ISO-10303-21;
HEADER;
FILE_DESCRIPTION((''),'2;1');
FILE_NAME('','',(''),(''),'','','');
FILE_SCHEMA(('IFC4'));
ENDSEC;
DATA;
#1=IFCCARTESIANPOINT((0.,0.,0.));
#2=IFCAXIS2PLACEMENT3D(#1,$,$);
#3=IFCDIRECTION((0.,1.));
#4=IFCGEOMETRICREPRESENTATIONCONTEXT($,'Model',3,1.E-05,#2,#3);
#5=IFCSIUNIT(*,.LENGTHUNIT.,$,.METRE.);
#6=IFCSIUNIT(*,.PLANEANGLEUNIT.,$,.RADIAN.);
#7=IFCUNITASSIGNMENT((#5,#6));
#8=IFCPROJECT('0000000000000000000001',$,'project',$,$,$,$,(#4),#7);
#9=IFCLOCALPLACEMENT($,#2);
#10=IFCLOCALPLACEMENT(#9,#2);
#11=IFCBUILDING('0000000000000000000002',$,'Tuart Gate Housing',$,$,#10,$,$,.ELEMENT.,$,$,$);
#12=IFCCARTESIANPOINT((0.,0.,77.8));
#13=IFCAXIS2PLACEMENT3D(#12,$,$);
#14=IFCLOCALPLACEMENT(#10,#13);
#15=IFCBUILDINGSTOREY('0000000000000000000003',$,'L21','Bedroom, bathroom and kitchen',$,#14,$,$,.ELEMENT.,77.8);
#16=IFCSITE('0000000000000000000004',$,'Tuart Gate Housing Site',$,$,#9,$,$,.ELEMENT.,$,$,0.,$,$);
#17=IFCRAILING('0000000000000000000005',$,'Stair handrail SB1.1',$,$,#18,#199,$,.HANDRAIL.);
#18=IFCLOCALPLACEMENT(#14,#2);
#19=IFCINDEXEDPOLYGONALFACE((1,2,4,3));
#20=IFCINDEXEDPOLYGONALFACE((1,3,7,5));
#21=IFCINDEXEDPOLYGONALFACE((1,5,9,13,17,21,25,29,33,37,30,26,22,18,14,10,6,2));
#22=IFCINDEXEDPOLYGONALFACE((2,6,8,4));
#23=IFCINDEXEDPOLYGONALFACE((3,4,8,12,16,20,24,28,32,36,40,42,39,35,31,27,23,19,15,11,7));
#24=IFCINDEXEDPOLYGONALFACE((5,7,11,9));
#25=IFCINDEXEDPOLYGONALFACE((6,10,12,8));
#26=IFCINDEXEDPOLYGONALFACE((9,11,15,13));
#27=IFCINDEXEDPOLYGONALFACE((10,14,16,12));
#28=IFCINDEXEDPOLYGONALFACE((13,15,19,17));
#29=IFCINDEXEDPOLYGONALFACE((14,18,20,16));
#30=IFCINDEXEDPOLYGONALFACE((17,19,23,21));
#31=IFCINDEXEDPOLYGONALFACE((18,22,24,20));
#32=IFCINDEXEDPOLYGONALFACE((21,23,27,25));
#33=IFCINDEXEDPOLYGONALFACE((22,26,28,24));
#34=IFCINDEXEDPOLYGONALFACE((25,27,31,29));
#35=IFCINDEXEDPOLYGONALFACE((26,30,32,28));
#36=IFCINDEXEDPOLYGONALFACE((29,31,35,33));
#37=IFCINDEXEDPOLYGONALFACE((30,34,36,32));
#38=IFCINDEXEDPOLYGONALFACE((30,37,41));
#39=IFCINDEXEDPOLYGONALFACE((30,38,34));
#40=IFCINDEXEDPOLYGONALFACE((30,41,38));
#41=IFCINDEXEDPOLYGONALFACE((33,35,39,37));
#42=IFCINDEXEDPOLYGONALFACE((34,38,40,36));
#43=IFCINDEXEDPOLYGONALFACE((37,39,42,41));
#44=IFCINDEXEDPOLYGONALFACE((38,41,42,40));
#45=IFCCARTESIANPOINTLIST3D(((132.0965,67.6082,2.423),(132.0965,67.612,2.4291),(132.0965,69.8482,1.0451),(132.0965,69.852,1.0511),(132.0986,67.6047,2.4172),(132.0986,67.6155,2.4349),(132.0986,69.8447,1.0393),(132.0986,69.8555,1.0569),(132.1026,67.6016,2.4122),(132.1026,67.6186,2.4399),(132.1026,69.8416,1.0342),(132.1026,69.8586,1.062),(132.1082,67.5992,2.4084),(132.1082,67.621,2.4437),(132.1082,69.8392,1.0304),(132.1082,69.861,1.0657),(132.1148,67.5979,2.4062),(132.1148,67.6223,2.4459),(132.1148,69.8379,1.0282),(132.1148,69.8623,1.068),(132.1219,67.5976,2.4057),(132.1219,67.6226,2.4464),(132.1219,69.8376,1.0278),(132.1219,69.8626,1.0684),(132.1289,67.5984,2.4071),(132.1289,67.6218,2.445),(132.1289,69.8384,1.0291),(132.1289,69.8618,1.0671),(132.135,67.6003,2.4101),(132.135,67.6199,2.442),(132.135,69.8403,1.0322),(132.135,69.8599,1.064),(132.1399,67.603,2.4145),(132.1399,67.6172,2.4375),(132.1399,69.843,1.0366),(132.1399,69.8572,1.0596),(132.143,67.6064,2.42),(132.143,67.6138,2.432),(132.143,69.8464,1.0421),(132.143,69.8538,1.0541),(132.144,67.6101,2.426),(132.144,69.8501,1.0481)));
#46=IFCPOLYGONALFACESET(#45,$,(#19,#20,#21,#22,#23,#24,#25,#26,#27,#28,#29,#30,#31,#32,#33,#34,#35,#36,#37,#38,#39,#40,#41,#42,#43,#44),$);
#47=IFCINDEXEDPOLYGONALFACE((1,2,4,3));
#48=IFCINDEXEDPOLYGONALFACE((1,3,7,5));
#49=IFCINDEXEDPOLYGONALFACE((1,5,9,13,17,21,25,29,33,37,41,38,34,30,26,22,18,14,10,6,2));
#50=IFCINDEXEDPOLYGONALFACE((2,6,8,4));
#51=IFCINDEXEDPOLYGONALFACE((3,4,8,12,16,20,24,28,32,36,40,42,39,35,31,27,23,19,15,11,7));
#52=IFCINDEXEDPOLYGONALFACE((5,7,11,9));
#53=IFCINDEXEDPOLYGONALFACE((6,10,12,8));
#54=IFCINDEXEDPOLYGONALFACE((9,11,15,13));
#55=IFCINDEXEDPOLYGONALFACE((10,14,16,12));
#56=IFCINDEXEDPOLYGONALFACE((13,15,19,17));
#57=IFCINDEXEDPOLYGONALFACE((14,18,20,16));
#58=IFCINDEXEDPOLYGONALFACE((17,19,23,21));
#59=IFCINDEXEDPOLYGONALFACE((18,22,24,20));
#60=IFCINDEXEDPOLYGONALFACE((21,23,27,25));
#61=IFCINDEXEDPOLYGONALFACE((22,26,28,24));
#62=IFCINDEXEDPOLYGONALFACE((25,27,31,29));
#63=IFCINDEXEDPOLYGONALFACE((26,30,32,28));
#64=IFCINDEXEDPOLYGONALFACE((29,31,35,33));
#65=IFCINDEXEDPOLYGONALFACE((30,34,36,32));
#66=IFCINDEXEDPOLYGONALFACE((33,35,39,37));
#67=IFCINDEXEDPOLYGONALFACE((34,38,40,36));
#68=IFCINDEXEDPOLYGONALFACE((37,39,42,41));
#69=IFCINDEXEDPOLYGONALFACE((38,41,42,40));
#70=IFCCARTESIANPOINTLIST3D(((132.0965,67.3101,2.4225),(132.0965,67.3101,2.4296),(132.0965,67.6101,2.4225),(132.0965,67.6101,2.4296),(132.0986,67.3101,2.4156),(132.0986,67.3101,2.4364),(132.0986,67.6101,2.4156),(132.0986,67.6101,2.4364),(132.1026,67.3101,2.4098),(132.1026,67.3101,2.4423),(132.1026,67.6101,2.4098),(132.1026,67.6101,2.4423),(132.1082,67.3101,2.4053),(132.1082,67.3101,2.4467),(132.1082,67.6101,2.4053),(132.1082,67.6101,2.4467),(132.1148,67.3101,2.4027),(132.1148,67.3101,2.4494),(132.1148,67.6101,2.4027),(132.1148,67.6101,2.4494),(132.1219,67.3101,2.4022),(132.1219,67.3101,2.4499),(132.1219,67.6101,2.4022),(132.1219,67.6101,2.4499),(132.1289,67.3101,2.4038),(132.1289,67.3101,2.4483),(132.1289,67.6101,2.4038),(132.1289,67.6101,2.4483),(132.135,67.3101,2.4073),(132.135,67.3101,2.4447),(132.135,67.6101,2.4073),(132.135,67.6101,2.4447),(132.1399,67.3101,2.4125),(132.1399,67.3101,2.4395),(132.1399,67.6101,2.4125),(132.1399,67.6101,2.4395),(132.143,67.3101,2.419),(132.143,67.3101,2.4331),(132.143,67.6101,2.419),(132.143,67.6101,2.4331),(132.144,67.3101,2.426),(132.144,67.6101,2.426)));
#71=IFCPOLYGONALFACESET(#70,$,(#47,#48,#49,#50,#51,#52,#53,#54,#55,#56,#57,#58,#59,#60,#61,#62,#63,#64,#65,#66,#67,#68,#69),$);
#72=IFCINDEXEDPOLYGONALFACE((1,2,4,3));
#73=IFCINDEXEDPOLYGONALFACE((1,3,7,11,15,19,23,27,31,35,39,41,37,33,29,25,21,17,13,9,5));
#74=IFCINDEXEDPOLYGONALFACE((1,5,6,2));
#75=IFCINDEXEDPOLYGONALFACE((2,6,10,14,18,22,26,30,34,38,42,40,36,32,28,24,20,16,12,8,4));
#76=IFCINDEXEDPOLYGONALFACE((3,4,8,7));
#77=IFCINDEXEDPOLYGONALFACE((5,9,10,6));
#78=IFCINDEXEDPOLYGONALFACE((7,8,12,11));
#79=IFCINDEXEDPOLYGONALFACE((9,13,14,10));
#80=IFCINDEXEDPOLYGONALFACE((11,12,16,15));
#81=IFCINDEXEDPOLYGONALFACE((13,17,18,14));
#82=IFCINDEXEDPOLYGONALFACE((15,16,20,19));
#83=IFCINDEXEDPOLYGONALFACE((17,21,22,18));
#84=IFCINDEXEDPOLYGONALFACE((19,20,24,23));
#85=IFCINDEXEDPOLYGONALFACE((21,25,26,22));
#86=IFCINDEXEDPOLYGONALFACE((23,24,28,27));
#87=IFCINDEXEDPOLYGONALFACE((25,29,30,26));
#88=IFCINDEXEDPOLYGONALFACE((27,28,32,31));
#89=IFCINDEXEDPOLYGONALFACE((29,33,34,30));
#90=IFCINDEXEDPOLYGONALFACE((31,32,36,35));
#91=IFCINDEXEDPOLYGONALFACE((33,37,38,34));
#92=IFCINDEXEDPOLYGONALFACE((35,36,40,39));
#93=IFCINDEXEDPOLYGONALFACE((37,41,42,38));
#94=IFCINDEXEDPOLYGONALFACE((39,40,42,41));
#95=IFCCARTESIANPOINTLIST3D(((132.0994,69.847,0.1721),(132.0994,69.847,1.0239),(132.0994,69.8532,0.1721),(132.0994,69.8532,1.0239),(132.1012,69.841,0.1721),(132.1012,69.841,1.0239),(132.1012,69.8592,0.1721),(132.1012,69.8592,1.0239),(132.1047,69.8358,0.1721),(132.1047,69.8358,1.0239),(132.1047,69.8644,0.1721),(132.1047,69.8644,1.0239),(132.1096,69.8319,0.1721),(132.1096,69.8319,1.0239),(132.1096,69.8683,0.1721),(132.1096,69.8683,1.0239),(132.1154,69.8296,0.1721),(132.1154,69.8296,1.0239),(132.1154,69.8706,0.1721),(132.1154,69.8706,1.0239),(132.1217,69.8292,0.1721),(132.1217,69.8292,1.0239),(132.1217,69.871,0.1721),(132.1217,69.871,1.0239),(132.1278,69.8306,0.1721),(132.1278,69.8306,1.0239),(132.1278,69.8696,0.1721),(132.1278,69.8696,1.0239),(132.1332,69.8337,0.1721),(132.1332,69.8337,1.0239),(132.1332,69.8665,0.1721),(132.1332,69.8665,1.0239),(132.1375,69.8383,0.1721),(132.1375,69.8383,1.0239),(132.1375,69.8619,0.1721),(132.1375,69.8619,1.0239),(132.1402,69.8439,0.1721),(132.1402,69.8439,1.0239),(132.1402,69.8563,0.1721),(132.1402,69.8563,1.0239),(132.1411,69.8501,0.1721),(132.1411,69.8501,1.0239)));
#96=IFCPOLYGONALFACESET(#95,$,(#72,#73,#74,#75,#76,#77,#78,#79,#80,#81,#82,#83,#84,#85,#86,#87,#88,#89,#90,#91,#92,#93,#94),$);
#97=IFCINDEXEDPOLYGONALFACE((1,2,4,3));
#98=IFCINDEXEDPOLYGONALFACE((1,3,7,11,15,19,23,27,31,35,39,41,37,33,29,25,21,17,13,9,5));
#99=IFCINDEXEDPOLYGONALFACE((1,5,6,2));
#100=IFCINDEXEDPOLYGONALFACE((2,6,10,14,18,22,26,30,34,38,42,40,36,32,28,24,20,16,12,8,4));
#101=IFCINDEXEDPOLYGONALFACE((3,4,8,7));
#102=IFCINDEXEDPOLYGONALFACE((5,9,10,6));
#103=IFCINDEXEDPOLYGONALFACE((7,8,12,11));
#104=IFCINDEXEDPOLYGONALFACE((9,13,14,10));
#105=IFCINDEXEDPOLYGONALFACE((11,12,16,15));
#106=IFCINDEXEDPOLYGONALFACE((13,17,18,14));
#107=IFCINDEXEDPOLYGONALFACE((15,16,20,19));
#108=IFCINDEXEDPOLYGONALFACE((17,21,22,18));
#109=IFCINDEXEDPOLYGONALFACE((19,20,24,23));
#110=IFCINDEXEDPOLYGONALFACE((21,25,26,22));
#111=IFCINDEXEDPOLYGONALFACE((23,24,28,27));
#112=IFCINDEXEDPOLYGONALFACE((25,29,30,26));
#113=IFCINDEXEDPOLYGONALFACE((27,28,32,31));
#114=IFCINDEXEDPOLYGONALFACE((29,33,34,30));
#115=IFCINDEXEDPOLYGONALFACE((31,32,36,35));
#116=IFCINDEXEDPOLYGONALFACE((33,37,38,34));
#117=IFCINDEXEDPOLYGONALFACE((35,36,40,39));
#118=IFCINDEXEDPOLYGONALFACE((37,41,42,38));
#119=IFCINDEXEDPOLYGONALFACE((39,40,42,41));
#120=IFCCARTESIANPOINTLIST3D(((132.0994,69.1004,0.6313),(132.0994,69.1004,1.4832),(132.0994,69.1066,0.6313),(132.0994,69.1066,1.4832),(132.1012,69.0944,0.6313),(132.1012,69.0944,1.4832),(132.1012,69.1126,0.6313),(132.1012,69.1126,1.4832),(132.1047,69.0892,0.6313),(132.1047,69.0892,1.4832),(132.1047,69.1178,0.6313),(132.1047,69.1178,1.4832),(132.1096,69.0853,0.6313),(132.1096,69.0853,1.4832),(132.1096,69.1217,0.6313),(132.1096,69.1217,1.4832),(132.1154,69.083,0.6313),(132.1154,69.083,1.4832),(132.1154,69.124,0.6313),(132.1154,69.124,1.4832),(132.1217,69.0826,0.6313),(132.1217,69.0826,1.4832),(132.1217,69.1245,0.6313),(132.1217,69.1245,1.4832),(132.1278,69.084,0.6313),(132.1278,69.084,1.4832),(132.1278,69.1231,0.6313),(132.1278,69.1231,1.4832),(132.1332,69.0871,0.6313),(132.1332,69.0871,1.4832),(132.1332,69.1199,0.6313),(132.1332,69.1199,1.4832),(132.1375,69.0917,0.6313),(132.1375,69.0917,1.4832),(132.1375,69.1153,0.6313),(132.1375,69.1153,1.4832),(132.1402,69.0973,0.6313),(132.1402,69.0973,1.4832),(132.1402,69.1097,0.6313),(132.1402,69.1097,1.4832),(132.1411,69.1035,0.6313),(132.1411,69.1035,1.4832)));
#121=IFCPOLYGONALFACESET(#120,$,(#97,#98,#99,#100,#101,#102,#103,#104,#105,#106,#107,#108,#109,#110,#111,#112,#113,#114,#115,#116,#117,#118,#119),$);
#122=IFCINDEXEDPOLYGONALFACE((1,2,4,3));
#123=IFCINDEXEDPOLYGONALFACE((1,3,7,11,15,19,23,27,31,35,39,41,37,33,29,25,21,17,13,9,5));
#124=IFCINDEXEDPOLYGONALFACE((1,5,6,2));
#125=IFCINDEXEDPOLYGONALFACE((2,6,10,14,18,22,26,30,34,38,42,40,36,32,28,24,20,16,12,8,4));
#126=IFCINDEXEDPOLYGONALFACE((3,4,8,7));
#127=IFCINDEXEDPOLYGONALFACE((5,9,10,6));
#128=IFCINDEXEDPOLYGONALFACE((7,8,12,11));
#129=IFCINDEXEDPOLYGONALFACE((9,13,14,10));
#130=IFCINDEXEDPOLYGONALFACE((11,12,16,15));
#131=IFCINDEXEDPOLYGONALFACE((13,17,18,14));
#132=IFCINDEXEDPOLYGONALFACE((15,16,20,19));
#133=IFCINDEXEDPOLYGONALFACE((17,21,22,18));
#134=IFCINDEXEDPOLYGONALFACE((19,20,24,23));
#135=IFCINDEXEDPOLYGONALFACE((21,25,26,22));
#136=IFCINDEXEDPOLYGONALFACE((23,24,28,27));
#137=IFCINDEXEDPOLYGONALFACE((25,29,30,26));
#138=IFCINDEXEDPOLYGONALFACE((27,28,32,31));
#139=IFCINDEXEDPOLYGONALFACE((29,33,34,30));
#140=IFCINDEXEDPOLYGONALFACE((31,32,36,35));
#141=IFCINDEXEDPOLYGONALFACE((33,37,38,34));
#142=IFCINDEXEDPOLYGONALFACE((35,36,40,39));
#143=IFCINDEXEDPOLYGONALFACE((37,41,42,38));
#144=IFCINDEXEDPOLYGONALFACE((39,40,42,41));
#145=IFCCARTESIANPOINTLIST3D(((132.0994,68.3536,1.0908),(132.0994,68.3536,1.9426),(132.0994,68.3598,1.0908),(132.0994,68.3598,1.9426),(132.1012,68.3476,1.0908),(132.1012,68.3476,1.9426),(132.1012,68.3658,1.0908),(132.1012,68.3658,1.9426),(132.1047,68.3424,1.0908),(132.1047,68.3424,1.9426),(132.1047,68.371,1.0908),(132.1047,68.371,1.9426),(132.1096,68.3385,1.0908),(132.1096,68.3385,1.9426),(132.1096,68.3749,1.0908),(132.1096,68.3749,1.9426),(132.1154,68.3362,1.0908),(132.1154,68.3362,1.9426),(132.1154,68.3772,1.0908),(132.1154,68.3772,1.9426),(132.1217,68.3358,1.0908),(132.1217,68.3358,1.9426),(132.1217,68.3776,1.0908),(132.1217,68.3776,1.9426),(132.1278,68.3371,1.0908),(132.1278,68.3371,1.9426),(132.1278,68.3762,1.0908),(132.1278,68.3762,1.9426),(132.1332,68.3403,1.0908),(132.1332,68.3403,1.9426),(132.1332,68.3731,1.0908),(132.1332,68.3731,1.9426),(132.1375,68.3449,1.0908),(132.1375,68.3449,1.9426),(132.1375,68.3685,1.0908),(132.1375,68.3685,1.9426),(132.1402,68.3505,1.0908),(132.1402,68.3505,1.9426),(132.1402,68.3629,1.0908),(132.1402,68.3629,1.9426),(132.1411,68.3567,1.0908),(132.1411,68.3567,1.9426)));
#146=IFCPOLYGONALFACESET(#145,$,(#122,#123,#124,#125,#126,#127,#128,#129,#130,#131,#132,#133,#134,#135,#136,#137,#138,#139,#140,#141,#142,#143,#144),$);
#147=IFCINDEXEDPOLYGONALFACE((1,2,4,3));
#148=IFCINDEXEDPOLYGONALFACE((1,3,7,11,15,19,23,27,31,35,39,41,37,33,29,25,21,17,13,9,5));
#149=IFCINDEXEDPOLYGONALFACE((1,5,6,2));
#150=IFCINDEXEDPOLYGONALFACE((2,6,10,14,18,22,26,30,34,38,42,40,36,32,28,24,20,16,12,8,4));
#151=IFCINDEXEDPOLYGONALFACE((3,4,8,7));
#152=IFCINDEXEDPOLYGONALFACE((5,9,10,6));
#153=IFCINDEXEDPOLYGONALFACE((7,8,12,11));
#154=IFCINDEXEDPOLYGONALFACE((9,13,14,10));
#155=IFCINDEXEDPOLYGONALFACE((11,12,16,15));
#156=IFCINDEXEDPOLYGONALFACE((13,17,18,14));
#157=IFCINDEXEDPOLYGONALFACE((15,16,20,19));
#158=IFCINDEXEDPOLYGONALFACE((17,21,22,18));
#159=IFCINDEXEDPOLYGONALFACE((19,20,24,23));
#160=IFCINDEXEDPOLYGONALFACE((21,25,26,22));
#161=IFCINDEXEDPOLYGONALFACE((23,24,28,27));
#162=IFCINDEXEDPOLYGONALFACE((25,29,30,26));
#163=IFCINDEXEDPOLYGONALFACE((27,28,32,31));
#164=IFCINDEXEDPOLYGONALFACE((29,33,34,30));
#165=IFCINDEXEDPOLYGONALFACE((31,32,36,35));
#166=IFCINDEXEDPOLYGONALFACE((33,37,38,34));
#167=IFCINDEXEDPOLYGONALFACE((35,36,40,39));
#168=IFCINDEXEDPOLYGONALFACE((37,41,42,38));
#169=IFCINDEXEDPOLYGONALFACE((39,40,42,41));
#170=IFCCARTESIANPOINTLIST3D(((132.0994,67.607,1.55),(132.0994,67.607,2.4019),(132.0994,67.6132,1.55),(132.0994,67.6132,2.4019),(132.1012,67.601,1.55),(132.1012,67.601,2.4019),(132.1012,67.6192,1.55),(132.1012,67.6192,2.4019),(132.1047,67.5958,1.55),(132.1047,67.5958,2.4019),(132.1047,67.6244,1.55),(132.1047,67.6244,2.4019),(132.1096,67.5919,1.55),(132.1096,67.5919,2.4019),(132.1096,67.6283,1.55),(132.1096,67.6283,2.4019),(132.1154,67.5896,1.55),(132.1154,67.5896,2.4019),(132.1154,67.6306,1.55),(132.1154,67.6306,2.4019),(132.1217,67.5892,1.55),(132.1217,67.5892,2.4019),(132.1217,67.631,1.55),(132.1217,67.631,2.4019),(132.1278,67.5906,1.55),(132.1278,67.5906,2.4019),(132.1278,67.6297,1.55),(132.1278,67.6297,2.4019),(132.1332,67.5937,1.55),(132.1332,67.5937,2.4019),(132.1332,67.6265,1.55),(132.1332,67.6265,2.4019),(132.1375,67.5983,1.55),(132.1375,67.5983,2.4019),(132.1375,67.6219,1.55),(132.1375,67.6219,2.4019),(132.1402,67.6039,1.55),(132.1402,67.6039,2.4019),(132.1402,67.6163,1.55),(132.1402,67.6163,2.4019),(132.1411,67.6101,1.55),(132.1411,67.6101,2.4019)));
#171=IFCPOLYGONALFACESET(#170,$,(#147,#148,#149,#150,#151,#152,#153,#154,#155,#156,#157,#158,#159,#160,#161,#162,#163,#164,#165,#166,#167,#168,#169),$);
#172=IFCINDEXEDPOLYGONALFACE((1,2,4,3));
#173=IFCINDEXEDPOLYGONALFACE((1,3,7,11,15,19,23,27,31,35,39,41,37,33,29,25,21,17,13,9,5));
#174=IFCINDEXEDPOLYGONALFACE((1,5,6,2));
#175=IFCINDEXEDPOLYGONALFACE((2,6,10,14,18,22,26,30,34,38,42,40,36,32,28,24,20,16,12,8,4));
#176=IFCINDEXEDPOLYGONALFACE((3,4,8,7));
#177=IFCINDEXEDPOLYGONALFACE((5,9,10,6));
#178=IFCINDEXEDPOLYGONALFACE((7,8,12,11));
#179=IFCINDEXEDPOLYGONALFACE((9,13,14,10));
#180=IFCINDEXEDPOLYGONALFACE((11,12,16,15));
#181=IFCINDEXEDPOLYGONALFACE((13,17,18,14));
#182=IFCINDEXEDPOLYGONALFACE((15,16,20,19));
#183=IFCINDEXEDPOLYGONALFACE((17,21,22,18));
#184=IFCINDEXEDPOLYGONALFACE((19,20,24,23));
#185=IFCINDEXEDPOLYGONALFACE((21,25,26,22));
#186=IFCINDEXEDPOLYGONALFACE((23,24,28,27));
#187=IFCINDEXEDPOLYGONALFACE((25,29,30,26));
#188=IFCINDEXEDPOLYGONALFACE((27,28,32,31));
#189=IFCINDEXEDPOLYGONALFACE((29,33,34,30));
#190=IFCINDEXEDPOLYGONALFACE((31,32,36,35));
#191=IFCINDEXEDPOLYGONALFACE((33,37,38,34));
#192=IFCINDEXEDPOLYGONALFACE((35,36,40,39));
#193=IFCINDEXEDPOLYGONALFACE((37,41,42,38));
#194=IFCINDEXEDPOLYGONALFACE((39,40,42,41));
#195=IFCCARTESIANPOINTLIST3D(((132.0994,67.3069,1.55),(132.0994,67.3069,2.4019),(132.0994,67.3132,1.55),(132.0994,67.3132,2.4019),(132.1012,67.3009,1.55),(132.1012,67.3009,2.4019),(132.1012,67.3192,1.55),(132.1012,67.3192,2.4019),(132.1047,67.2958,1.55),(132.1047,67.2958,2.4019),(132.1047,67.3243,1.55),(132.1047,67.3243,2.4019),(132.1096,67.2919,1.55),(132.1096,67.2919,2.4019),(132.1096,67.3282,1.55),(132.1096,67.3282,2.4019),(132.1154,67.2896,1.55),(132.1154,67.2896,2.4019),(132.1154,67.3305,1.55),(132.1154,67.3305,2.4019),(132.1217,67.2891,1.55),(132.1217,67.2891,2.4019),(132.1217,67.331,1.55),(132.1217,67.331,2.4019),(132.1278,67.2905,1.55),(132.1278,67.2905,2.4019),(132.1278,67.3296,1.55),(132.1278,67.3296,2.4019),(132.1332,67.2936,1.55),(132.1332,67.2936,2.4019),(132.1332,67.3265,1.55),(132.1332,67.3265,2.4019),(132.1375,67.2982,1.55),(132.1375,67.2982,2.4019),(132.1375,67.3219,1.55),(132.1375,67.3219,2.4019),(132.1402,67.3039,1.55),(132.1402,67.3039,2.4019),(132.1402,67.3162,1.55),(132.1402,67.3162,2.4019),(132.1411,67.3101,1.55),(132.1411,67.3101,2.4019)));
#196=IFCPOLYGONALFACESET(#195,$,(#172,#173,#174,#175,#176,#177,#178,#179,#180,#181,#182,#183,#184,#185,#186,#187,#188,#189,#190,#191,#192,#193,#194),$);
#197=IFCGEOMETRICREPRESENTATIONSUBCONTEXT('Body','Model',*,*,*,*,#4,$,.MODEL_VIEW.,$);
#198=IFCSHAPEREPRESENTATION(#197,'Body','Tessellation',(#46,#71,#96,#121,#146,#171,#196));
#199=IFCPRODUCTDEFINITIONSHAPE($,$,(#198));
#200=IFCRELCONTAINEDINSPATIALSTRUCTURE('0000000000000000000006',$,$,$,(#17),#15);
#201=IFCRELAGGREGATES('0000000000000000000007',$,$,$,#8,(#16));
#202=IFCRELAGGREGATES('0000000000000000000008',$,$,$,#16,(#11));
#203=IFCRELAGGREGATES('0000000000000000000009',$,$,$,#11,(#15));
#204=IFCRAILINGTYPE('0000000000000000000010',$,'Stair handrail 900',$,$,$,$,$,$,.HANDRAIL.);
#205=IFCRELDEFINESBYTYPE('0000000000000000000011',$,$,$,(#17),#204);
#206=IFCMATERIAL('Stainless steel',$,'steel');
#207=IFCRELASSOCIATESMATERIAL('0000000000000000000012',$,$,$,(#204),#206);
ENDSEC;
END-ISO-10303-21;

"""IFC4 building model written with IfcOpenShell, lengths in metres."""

from ifc_helpers import new_model, si_unit, direction, frame, origin, origin_2d, place, context, subcontext, project, spatial, circle, extrude, material, type_object, element, save


model = new_model("IFC4")

# Units and contexts
model_context = context("Model", 3, precision=1e-05, world=origin(), true_north=direction((0.0, 1.0)))
body_context = subcontext(model_context, "Body", "Model", "MODEL_VIEW")
ifc_project = project(units=[si_unit("LENGTHUNIT", "METRE"), si_unit("PLANEANGLEUNIT", "RADIAN")], contexts=[model_context])

# Site, building, storey
site_placement = place(None, origin())
site = spatial("IfcSite", under=ifc_project, at=site_placement, Name="Tuart Gate Housing Site", CompositionType="ELEMENT", RefElevation=0.0)
building_placement = place(site_placement, origin())
building = spatial("IfcBuilding", under=site, at=building_placement, Name="Tuart Gate Housing", CompositionType="ELEMENT")
storey_placement = place(building_placement, frame((0.0, 0.0, 77.8)))
storey = spatial("IfcBuildingStorey", under=building, at=storey_placement, Name="L21", Description="Bedroom, bathroom and kitchen", CompositionType="ELEMENT", Elevation=77.8)

# Railing
ifc_material_1 = material(Name="Stainless steel", Category="steel")
railing_type = type_object("IfcRailingType", Name="Stair handrail 900", PredefinedType="HANDRAIL", material=ifc_material_1)
railing_placement = place(storey_placement, frame((132.1201, 69.8501, 0.1721)))
element("IfcRailing", 1, at=railing_placement, inside=storey, type_object=railing_type, Name="Stair handrail SB1.1", PredefinedType="HANDRAIL", context=body_context, shape_type="SweptSolid", body=[
    extrude(circle(Radius=0.0239, at=origin_2d()), frame((0.0, 0.0, 0.876), z_axis=(0.0, -0.851748, 0.523952), x_axis=(1.0, 0.0, 0.0)), (0.0, 0.0, 1.0), 2.6299),
    extrude(circle(Radius=0.0239, at=origin_2d()), frame((0.0, -2.24, 2.2539), z_axis=(0.0, -1.0, 0.0), x_axis=(1.0, 0.0, 0.0)), (0.0, 0.0, 1.0), 0.3),
    extrude(circle(Radius=0.021, at=origin_2d()), origin(), (0.0, 0.0, 1.0), 0.8518),
    extrude(circle(Radius=0.021, at=origin_2d()), frame((0.0, -0.7466, 0.4592)), (0.0, 0.0, 1.0), 0.8518),
    extrude(circle(Radius=0.021, at=origin_2d()), frame((0.0, -1.4934, 0.9187)), (0.0, 0.0, 1.0), 0.8518),
    extrude(circle(Radius=0.021, at=origin_2d()), frame((0.0, -2.24, 1.3779)), (0.0, 0.0, 1.0), 0.8518),
    extrude(circle(Radius=0.021, at=origin_2d()), frame((0.0, -2.54, 1.3779)), (0.0, 0.0, 1.0), 0.8518),
])

save(model, "model.ifc")
